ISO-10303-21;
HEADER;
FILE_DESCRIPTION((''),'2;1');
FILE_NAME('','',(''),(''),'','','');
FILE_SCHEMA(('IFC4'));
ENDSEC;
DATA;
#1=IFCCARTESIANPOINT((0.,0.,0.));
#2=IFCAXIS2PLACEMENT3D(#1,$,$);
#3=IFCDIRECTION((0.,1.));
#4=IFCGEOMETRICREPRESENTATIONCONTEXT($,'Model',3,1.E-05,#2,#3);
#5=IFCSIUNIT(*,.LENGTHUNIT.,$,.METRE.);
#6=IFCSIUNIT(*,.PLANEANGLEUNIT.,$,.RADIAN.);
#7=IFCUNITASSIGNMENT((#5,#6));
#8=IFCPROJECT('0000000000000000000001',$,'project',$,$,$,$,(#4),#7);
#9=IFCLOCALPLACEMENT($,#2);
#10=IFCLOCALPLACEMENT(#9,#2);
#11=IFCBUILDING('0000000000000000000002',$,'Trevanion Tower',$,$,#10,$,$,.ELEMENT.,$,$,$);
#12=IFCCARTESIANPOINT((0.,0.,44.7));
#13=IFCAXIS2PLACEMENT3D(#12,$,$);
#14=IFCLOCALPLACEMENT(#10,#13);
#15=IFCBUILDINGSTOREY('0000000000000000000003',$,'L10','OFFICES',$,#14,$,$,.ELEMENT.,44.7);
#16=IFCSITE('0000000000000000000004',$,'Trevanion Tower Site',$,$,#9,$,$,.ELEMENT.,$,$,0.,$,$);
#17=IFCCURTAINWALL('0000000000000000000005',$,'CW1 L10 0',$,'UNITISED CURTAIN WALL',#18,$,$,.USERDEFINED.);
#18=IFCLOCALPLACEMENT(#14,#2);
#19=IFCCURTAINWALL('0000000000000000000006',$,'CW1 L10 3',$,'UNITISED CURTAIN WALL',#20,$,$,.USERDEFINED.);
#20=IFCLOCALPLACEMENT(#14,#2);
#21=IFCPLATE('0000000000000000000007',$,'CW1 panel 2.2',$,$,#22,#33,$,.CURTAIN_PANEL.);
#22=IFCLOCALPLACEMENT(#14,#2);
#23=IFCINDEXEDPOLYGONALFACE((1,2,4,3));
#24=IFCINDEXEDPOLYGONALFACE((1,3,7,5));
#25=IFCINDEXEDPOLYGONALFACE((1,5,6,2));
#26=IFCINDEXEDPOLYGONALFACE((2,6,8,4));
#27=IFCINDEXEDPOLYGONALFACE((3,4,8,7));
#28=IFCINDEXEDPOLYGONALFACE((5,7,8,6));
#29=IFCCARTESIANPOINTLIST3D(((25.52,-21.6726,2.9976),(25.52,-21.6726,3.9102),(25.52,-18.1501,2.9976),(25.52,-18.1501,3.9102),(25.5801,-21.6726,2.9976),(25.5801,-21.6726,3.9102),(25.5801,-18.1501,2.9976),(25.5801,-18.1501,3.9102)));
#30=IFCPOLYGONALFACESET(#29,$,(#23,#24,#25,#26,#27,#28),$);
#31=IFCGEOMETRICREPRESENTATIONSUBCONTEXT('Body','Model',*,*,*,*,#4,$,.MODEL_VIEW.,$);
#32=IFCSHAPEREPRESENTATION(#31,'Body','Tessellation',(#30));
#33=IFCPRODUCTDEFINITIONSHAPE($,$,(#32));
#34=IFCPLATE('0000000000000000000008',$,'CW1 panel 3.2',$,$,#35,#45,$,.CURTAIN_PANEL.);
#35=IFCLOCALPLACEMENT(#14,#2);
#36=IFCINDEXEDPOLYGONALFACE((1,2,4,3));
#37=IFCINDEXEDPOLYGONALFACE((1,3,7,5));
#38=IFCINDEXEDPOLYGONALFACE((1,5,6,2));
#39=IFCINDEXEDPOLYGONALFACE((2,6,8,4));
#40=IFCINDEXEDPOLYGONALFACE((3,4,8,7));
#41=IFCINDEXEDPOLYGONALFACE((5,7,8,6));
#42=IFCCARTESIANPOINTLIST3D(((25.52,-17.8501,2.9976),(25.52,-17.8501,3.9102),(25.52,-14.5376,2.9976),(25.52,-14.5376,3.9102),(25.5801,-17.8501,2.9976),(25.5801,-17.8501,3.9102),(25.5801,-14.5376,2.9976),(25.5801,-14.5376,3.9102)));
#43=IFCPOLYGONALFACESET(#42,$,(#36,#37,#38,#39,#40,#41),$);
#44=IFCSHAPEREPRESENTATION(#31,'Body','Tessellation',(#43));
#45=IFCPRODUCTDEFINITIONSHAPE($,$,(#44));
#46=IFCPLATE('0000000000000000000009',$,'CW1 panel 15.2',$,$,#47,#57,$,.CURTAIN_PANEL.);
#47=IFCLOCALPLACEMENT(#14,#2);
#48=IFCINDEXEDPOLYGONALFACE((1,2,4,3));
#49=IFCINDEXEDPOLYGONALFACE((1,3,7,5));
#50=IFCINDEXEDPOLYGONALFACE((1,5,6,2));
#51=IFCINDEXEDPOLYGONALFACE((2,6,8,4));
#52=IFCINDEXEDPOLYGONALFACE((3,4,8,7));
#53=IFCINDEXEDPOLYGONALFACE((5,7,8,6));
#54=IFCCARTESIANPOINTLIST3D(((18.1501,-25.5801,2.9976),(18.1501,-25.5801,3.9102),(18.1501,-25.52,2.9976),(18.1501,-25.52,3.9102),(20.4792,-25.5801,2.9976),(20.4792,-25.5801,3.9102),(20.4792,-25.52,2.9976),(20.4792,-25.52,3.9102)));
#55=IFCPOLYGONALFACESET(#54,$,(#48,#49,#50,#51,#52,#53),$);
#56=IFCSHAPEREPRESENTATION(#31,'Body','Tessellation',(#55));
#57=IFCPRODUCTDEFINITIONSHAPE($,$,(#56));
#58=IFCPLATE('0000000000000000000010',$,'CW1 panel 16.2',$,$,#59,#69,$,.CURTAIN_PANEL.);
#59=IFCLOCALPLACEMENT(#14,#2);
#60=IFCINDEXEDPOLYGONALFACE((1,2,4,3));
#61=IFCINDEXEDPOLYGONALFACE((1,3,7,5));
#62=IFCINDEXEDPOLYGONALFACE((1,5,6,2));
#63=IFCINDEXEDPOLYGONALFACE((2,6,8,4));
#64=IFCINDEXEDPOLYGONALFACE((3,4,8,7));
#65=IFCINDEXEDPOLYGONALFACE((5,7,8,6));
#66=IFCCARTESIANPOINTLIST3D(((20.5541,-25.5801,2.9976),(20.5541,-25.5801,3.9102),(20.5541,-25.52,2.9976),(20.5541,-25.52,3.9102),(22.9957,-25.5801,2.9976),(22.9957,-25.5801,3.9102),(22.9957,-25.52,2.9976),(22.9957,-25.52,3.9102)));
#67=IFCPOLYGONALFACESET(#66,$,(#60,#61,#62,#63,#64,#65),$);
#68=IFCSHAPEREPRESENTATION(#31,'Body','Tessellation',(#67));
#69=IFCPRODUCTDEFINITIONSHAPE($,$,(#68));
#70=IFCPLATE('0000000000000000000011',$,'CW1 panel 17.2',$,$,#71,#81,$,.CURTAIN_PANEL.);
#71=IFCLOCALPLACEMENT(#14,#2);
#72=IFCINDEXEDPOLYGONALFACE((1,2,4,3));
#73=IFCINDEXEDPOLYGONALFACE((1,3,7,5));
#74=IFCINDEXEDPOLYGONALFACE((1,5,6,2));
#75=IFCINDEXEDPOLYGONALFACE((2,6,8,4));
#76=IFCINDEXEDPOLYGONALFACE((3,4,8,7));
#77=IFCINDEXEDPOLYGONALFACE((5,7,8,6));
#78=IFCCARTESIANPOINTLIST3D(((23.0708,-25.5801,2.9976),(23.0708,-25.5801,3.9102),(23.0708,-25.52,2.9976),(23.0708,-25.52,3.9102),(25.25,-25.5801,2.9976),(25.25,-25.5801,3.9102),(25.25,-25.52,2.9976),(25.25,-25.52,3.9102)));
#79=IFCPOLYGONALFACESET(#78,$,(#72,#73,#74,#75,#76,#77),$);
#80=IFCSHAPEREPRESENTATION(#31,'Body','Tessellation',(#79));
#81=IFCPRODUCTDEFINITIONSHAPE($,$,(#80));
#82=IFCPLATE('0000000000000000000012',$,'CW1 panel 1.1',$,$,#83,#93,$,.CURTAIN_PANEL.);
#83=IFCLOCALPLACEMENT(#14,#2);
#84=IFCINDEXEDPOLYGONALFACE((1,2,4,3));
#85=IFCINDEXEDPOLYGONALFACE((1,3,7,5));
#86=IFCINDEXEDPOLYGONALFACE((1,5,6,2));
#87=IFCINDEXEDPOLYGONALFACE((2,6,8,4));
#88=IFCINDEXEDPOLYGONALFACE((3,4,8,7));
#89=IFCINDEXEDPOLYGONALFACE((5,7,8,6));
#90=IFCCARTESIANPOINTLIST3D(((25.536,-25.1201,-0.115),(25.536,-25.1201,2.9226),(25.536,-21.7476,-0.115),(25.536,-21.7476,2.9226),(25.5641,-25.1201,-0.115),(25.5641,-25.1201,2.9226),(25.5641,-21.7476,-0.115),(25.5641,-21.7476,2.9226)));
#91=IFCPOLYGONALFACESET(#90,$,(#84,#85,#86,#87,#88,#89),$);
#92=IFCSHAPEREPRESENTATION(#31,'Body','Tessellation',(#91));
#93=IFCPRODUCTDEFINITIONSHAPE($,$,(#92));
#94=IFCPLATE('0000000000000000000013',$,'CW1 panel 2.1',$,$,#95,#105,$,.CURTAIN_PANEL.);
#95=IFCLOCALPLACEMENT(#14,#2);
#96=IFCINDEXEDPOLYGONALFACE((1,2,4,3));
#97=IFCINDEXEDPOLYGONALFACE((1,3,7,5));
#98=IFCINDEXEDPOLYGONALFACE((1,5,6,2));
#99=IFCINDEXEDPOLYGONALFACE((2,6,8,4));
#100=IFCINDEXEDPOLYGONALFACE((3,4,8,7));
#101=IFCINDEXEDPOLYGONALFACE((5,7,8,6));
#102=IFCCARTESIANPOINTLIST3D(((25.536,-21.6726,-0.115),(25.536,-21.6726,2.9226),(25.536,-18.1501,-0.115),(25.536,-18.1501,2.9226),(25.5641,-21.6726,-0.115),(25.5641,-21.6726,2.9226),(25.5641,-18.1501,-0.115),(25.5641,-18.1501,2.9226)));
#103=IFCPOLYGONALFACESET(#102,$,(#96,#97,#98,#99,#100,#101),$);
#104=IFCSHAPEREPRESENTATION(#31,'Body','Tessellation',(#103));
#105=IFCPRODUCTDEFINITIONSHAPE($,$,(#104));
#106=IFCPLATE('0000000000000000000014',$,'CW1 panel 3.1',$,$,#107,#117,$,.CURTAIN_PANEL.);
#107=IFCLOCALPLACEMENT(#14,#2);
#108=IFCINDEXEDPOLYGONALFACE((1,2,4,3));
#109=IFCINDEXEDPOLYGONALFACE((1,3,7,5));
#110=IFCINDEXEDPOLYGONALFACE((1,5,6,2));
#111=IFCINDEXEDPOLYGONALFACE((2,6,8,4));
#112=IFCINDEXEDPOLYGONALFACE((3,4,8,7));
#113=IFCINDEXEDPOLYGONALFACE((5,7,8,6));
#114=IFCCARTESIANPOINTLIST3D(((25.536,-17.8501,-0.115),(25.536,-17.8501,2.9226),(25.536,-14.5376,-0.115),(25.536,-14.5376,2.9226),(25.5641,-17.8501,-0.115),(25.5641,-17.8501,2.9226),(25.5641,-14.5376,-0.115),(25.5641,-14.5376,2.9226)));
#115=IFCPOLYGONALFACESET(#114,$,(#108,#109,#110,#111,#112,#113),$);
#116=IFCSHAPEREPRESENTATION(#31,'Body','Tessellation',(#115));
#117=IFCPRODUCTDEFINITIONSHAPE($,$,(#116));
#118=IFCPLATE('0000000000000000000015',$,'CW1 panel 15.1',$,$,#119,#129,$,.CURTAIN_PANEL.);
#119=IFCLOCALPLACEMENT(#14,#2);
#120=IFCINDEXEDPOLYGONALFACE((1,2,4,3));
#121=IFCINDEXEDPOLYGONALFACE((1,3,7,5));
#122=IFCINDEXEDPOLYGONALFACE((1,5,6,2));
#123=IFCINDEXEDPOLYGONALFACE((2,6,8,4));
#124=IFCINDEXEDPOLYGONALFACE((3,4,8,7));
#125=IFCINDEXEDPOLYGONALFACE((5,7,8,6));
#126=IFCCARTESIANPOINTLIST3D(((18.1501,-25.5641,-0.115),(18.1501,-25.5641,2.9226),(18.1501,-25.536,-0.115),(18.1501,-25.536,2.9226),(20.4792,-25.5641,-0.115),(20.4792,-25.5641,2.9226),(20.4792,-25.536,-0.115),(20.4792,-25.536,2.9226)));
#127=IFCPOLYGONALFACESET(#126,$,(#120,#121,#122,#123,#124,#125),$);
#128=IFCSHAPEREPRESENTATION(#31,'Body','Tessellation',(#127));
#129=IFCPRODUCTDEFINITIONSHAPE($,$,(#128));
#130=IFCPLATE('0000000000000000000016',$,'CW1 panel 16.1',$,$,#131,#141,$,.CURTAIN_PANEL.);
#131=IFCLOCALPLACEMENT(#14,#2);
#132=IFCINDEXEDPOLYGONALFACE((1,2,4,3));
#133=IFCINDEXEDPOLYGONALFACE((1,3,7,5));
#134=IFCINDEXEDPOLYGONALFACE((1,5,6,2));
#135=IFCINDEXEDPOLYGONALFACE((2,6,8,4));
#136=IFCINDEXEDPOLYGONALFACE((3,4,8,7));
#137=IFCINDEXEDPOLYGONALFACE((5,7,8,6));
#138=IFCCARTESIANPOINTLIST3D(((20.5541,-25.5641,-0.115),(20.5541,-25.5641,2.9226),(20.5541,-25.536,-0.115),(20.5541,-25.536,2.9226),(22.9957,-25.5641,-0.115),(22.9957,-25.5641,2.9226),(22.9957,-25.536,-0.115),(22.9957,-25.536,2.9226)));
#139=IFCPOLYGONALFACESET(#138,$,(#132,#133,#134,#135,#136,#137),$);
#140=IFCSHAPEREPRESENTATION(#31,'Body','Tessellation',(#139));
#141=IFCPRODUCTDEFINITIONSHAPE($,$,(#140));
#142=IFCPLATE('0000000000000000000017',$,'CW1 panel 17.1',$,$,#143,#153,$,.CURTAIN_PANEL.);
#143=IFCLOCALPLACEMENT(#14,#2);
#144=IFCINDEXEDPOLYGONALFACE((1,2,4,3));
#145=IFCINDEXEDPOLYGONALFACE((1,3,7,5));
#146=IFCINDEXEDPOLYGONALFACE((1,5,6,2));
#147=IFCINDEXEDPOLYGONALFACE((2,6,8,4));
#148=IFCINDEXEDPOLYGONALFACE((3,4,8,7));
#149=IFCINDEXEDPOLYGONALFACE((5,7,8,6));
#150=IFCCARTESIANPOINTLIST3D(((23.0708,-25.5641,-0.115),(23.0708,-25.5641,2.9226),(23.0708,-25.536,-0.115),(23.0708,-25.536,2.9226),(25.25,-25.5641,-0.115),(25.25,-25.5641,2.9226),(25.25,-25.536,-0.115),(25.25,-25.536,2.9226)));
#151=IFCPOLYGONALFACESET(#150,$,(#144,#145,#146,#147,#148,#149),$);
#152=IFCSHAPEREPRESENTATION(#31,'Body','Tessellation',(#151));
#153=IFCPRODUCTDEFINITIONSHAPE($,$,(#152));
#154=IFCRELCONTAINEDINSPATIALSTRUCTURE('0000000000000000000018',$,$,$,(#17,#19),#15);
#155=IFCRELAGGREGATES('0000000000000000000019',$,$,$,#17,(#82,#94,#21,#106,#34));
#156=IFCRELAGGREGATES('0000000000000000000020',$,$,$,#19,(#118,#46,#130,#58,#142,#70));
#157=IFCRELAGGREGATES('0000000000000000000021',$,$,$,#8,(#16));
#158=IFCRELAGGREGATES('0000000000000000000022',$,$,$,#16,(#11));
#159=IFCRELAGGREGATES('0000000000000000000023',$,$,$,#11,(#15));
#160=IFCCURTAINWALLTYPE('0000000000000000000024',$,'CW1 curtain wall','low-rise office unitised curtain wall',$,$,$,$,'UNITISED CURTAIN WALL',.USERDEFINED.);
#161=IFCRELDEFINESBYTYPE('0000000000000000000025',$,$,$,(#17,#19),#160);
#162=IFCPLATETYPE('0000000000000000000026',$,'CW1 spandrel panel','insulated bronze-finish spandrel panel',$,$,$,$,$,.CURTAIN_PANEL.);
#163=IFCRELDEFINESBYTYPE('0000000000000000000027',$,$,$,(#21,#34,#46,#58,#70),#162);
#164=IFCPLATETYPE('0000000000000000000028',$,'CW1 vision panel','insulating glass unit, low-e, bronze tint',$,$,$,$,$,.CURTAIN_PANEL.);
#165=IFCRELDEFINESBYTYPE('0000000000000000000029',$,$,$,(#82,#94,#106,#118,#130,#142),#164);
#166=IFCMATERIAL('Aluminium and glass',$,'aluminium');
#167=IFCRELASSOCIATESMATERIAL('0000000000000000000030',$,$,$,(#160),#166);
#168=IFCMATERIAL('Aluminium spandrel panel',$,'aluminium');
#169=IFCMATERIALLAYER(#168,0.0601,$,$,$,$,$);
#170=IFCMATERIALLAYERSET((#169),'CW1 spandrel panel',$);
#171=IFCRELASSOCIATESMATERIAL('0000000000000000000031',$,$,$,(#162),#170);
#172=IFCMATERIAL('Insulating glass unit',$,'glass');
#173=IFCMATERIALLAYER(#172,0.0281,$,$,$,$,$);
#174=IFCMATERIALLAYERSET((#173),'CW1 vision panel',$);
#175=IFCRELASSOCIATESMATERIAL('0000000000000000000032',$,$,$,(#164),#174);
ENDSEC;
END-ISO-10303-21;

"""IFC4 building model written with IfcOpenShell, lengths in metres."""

from ifc_helpers import new_model, si_unit, direction, frame, origin, origin_2d, place, context, subcontext, project, spatial, rectangle, extrude, material, layer, layer_set, type_object, element, aggregate, save


model = new_model("IFC4")

# Units and contexts
model_context = context("Model", 3, precision=1e-05, world=origin(), true_north=direction((0.0, 1.0)))
body_context = subcontext(model_context, "Body", "Model", "MODEL_VIEW")
ifc_project = project(units=[si_unit("LENGTHUNIT", "METRE"), si_unit("PLANEANGLEUNIT", "RADIAN")], contexts=[model_context])

# Site, building, storey
site_placement = place(None, origin())
site = spatial("IfcSite", under=ifc_project, at=site_placement, Name="Trevanion Tower Site", CompositionType="ELEMENT", RefElevation=0.0)
building_placement = place(site_placement, origin())
building = spatial("IfcBuilding", under=site, at=building_placement, Name="Trevanion Tower", CompositionType="ELEMENT")
storey_placement = place(building_placement, frame((0.0, 0.0, 44.7)))
storey = spatial("IfcBuildingStorey", under=building, at=storey_placement, Name="L10", Description="OFFICES", CompositionType="ELEMENT", Elevation=44.7)

# Curtain wall
ifc_material_1 = material(Name="Aluminium and glass", Category="aluminium")
curtain_wall_type = type_object("IfcCurtainWallType", Name="CW1 curtain wall", Description="low-rise office unitised curtain wall", ElementType="UNITISED CURTAIN WALL", PredefinedType="USERDEFINED", material=ifc_material_1)
curtain_wall_1_placement = place(storey_placement, origin())
curtain_wall_1 = element("IfcCurtainWall", 1, at=curtain_wall_1_placement, inside=storey, type_object=curtain_wall_type, Name="CW1 L10 0", ObjectType="UNITISED CURTAIN WALL", PredefinedType="USERDEFINED")

# Curtain wall
curtain_wall_2_placement = place(storey_placement, origin())
curtain_wall_2 = element("IfcCurtainWall", 2, at=curtain_wall_2_placement, inside=storey, type_object=curtain_wall_type, Name="CW1 L10 3", ObjectType="UNITISED CURTAIN WALL", PredefinedType="USERDEFINED")

# Plates
ifc_material_2 = material(Name="Aluminium spandrel panel", Category="aluminium")
ifc_layer_1 = layer(ifc_material_2, 0.0601)
ifc_layer_set_1 = layer_set([ifc_layer_1], Name="CW1 spandrel panel")
plate_type_1 = type_object("IfcPlateType", Name="CW1 spandrel panel", Description="insulated bronze-finish spandrel panel", PredefinedType="CURTAIN_PANEL", material=ifc_layer_set_1)
plate_1_placement = place(storey_placement, frame((25.55, -19.9114, 2.9976), z_axis=(0.0, 0.0, 1.0), x_axis=(0.0, 1.0, 0.0)))
plate_1 = element("IfcPlate", 3, at=plate_1_placement, type_object=plate_type_1, Name="CW1 panel 2.2", PredefinedType="CURTAIN_PANEL", context=body_context, shape_type="SweptSolid", body=[
    extrude(rectangle(XDim=3.5225, YDim=0.0601, at=origin_2d()), origin(), (0.0, 0.0, 1.0), 0.9126),
])
plate_2_placement = place(storey_placement, frame((25.55, -16.1938, 2.9976), z_axis=(0.0, 0.0, 1.0), x_axis=(0.0, 1.0, 0.0)))
plate_2 = element("IfcPlate", 4, at=plate_2_placement, type_object=plate_type_1, Name="CW1 panel 3.2", PredefinedType="CURTAIN_PANEL", context=body_context, shape_type="SweptSolid", body=[
    extrude(rectangle(XDim=3.3125, YDim=0.0601, at=origin_2d()), origin(), (0.0, 0.0, 1.0), 0.9126),
])
plate_3_placement = place(storey_placement, frame((19.3147, -25.55, 2.9976), z_axis=(0.0, 0.0, 1.0), x_axis=(1.0, 0.0, 0.0)))
plate_3 = element("IfcPlate", 5, at=plate_3_placement, type_object=plate_type_1, Name="CW1 panel 15.2", PredefinedType="CURTAIN_PANEL", context=body_context, shape_type="SweptSolid", body=[
    extrude(rectangle(XDim=2.3291, YDim=0.0601, at=origin_2d()), origin(), (0.0, 0.0, 1.0), 0.9126),
])
plate_4_placement = place(storey_placement, frame((21.7749, -25.55, 2.9976), z_axis=(0.0, 0.0, 1.0), x_axis=(1.0, 0.0, 0.0)))
plate_4 = element("IfcPlate", 6, at=plate_4_placement, type_object=plate_type_1, Name="CW1 panel 16.2", PredefinedType="CURTAIN_PANEL", context=body_context, shape_type="SweptSolid", body=[
    extrude(rectangle(XDim=2.4417, YDim=0.0601, at=origin_2d()), origin(), (0.0, 0.0, 1.0), 0.9126),
])
plate_5_placement = place(storey_placement, frame((24.1604, -25.55, 2.9976), z_axis=(0.0, 0.0, 1.0), x_axis=(1.0, 0.0, 0.0)))
plate_5 = element("IfcPlate", 7, at=plate_5_placement, type_object=plate_type_1, Name="CW1 panel 17.2", PredefinedType="CURTAIN_PANEL", context=body_context, shape_type="SweptSolid", body=[
    extrude(rectangle(XDim=2.1792, YDim=0.0601, at=origin_2d()), origin(), (0.0, 0.0, 1.0), 0.9126),
])
ifc_material_3 = material(Name="Insulating glass unit", Category="glass")
ifc_layer_2 = layer(ifc_material_3, 0.0281)
ifc_layer_set_2 = layer_set([ifc_layer_2], Name="CW1 vision panel")
plate_type_2 = type_object("IfcPlateType", Name="CW1 vision panel", Description="insulating glass unit, low-e, bronze tint", PredefinedType="CURTAIN_PANEL", material=ifc_layer_set_2)
plate_6_placement = place(storey_placement, frame((25.55, -23.4338, -0.115), z_axis=(0.0, 0.0, 1.0), x_axis=(0.0, 1.0, 0.0)))
plate_6 = element("IfcPlate", 8, at=plate_6_placement, type_object=plate_type_2, Name="CW1 panel 1.1", PredefinedType="CURTAIN_PANEL", context=body_context, shape_type="SweptSolid", body=[
    extrude(rectangle(XDim=3.3726, YDim=0.0281, at=origin_2d()), origin(), (0.0, 0.0, 1.0), 3.0376),
])
plate_7_placement = place(storey_placement, frame((25.55, -19.9114, -0.115), z_axis=(0.0, 0.0, 1.0), x_axis=(0.0, 1.0, 0.0)))
plate_7 = element("IfcPlate", 9, at=plate_7_placement, type_object=plate_type_2, Name="CW1 panel 2.1", PredefinedType="CURTAIN_PANEL", context=body_context, shape_type="SweptSolid", body=[
    extrude(rectangle(XDim=3.5225, YDim=0.0281, at=origin_2d()), origin(), (0.0, 0.0, 1.0), 3.0376),
])
plate_8_placement = place(storey_placement, frame((25.55, -16.1938, -0.115), z_axis=(0.0, 0.0, 1.0), x_axis=(0.0, 1.0, 0.0)))
plate_8 = element("IfcPlate", 10, at=plate_8_placement, type_object=plate_type_2, Name="CW1 panel 3.1", PredefinedType="CURTAIN_PANEL", context=body_context, shape_type="SweptSolid", body=[
    extrude(rectangle(XDim=3.3125, YDim=0.0281, at=origin_2d()), origin(), (0.0, 0.0, 1.0), 3.0376),
])
aggregate(curtain_wall_1, [plate_6, plate_7, plate_1, plate_8, plate_2])
plate_9_placement = place(storey_placement, frame((19.3147, -25.55, -0.115), z_axis=(0.0, 0.0, 1.0), x_axis=(1.0, 0.0, 0.0)))
plate_9 = element("IfcPlate", 11, at=plate_9_placement, type_object=plate_type_2, Name="CW1 panel 15.1", PredefinedType="CURTAIN_PANEL", context=body_context, shape_type="SweptSolid", body=[
    extrude(rectangle(XDim=2.3291, YDim=0.0281, at=origin_2d()), origin(), (0.0, 0.0, 1.0), 3.0376),
])
plate_10_placement = place(storey_placement, frame((21.7749, -25.55, -0.115), z_axis=(0.0, 0.0, 1.0), x_axis=(1.0, 0.0, 0.0)))
plate_10 = element("IfcPlate", 12, at=plate_10_placement, type_object=plate_type_2, Name="CW1 panel 16.1", PredefinedType="CURTAIN_PANEL", context=body_context, shape_type="SweptSolid", body=[
    extrude(rectangle(XDim=2.4417, YDim=0.0281, at=origin_2d()), origin(), (0.0, 0.0, 1.0), 3.0376),
])
plate_11_placement = place(storey_placement, frame((24.1604, -25.55, -0.115), z_axis=(0.0, 0.0, 1.0), x_axis=(1.0, 0.0, 0.0)))
plate_11 = element("IfcPlate", 13, at=plate_11_placement, type_object=plate_type_2, Name="CW1 panel 17.1", PredefinedType="CURTAIN_PANEL", context=body_context, shape_type="SweptSolid", body=[
    extrude(rectangle(XDim=2.1792, YDim=0.0281, at=origin_2d()), origin(), (0.0, 0.0, 1.0), 3.0376),
])
aggregate(curtain_wall_2, [plate_9, plate_3, plate_10, plate_4, plate_11, plate_5])

save(model, "model.ifc")
